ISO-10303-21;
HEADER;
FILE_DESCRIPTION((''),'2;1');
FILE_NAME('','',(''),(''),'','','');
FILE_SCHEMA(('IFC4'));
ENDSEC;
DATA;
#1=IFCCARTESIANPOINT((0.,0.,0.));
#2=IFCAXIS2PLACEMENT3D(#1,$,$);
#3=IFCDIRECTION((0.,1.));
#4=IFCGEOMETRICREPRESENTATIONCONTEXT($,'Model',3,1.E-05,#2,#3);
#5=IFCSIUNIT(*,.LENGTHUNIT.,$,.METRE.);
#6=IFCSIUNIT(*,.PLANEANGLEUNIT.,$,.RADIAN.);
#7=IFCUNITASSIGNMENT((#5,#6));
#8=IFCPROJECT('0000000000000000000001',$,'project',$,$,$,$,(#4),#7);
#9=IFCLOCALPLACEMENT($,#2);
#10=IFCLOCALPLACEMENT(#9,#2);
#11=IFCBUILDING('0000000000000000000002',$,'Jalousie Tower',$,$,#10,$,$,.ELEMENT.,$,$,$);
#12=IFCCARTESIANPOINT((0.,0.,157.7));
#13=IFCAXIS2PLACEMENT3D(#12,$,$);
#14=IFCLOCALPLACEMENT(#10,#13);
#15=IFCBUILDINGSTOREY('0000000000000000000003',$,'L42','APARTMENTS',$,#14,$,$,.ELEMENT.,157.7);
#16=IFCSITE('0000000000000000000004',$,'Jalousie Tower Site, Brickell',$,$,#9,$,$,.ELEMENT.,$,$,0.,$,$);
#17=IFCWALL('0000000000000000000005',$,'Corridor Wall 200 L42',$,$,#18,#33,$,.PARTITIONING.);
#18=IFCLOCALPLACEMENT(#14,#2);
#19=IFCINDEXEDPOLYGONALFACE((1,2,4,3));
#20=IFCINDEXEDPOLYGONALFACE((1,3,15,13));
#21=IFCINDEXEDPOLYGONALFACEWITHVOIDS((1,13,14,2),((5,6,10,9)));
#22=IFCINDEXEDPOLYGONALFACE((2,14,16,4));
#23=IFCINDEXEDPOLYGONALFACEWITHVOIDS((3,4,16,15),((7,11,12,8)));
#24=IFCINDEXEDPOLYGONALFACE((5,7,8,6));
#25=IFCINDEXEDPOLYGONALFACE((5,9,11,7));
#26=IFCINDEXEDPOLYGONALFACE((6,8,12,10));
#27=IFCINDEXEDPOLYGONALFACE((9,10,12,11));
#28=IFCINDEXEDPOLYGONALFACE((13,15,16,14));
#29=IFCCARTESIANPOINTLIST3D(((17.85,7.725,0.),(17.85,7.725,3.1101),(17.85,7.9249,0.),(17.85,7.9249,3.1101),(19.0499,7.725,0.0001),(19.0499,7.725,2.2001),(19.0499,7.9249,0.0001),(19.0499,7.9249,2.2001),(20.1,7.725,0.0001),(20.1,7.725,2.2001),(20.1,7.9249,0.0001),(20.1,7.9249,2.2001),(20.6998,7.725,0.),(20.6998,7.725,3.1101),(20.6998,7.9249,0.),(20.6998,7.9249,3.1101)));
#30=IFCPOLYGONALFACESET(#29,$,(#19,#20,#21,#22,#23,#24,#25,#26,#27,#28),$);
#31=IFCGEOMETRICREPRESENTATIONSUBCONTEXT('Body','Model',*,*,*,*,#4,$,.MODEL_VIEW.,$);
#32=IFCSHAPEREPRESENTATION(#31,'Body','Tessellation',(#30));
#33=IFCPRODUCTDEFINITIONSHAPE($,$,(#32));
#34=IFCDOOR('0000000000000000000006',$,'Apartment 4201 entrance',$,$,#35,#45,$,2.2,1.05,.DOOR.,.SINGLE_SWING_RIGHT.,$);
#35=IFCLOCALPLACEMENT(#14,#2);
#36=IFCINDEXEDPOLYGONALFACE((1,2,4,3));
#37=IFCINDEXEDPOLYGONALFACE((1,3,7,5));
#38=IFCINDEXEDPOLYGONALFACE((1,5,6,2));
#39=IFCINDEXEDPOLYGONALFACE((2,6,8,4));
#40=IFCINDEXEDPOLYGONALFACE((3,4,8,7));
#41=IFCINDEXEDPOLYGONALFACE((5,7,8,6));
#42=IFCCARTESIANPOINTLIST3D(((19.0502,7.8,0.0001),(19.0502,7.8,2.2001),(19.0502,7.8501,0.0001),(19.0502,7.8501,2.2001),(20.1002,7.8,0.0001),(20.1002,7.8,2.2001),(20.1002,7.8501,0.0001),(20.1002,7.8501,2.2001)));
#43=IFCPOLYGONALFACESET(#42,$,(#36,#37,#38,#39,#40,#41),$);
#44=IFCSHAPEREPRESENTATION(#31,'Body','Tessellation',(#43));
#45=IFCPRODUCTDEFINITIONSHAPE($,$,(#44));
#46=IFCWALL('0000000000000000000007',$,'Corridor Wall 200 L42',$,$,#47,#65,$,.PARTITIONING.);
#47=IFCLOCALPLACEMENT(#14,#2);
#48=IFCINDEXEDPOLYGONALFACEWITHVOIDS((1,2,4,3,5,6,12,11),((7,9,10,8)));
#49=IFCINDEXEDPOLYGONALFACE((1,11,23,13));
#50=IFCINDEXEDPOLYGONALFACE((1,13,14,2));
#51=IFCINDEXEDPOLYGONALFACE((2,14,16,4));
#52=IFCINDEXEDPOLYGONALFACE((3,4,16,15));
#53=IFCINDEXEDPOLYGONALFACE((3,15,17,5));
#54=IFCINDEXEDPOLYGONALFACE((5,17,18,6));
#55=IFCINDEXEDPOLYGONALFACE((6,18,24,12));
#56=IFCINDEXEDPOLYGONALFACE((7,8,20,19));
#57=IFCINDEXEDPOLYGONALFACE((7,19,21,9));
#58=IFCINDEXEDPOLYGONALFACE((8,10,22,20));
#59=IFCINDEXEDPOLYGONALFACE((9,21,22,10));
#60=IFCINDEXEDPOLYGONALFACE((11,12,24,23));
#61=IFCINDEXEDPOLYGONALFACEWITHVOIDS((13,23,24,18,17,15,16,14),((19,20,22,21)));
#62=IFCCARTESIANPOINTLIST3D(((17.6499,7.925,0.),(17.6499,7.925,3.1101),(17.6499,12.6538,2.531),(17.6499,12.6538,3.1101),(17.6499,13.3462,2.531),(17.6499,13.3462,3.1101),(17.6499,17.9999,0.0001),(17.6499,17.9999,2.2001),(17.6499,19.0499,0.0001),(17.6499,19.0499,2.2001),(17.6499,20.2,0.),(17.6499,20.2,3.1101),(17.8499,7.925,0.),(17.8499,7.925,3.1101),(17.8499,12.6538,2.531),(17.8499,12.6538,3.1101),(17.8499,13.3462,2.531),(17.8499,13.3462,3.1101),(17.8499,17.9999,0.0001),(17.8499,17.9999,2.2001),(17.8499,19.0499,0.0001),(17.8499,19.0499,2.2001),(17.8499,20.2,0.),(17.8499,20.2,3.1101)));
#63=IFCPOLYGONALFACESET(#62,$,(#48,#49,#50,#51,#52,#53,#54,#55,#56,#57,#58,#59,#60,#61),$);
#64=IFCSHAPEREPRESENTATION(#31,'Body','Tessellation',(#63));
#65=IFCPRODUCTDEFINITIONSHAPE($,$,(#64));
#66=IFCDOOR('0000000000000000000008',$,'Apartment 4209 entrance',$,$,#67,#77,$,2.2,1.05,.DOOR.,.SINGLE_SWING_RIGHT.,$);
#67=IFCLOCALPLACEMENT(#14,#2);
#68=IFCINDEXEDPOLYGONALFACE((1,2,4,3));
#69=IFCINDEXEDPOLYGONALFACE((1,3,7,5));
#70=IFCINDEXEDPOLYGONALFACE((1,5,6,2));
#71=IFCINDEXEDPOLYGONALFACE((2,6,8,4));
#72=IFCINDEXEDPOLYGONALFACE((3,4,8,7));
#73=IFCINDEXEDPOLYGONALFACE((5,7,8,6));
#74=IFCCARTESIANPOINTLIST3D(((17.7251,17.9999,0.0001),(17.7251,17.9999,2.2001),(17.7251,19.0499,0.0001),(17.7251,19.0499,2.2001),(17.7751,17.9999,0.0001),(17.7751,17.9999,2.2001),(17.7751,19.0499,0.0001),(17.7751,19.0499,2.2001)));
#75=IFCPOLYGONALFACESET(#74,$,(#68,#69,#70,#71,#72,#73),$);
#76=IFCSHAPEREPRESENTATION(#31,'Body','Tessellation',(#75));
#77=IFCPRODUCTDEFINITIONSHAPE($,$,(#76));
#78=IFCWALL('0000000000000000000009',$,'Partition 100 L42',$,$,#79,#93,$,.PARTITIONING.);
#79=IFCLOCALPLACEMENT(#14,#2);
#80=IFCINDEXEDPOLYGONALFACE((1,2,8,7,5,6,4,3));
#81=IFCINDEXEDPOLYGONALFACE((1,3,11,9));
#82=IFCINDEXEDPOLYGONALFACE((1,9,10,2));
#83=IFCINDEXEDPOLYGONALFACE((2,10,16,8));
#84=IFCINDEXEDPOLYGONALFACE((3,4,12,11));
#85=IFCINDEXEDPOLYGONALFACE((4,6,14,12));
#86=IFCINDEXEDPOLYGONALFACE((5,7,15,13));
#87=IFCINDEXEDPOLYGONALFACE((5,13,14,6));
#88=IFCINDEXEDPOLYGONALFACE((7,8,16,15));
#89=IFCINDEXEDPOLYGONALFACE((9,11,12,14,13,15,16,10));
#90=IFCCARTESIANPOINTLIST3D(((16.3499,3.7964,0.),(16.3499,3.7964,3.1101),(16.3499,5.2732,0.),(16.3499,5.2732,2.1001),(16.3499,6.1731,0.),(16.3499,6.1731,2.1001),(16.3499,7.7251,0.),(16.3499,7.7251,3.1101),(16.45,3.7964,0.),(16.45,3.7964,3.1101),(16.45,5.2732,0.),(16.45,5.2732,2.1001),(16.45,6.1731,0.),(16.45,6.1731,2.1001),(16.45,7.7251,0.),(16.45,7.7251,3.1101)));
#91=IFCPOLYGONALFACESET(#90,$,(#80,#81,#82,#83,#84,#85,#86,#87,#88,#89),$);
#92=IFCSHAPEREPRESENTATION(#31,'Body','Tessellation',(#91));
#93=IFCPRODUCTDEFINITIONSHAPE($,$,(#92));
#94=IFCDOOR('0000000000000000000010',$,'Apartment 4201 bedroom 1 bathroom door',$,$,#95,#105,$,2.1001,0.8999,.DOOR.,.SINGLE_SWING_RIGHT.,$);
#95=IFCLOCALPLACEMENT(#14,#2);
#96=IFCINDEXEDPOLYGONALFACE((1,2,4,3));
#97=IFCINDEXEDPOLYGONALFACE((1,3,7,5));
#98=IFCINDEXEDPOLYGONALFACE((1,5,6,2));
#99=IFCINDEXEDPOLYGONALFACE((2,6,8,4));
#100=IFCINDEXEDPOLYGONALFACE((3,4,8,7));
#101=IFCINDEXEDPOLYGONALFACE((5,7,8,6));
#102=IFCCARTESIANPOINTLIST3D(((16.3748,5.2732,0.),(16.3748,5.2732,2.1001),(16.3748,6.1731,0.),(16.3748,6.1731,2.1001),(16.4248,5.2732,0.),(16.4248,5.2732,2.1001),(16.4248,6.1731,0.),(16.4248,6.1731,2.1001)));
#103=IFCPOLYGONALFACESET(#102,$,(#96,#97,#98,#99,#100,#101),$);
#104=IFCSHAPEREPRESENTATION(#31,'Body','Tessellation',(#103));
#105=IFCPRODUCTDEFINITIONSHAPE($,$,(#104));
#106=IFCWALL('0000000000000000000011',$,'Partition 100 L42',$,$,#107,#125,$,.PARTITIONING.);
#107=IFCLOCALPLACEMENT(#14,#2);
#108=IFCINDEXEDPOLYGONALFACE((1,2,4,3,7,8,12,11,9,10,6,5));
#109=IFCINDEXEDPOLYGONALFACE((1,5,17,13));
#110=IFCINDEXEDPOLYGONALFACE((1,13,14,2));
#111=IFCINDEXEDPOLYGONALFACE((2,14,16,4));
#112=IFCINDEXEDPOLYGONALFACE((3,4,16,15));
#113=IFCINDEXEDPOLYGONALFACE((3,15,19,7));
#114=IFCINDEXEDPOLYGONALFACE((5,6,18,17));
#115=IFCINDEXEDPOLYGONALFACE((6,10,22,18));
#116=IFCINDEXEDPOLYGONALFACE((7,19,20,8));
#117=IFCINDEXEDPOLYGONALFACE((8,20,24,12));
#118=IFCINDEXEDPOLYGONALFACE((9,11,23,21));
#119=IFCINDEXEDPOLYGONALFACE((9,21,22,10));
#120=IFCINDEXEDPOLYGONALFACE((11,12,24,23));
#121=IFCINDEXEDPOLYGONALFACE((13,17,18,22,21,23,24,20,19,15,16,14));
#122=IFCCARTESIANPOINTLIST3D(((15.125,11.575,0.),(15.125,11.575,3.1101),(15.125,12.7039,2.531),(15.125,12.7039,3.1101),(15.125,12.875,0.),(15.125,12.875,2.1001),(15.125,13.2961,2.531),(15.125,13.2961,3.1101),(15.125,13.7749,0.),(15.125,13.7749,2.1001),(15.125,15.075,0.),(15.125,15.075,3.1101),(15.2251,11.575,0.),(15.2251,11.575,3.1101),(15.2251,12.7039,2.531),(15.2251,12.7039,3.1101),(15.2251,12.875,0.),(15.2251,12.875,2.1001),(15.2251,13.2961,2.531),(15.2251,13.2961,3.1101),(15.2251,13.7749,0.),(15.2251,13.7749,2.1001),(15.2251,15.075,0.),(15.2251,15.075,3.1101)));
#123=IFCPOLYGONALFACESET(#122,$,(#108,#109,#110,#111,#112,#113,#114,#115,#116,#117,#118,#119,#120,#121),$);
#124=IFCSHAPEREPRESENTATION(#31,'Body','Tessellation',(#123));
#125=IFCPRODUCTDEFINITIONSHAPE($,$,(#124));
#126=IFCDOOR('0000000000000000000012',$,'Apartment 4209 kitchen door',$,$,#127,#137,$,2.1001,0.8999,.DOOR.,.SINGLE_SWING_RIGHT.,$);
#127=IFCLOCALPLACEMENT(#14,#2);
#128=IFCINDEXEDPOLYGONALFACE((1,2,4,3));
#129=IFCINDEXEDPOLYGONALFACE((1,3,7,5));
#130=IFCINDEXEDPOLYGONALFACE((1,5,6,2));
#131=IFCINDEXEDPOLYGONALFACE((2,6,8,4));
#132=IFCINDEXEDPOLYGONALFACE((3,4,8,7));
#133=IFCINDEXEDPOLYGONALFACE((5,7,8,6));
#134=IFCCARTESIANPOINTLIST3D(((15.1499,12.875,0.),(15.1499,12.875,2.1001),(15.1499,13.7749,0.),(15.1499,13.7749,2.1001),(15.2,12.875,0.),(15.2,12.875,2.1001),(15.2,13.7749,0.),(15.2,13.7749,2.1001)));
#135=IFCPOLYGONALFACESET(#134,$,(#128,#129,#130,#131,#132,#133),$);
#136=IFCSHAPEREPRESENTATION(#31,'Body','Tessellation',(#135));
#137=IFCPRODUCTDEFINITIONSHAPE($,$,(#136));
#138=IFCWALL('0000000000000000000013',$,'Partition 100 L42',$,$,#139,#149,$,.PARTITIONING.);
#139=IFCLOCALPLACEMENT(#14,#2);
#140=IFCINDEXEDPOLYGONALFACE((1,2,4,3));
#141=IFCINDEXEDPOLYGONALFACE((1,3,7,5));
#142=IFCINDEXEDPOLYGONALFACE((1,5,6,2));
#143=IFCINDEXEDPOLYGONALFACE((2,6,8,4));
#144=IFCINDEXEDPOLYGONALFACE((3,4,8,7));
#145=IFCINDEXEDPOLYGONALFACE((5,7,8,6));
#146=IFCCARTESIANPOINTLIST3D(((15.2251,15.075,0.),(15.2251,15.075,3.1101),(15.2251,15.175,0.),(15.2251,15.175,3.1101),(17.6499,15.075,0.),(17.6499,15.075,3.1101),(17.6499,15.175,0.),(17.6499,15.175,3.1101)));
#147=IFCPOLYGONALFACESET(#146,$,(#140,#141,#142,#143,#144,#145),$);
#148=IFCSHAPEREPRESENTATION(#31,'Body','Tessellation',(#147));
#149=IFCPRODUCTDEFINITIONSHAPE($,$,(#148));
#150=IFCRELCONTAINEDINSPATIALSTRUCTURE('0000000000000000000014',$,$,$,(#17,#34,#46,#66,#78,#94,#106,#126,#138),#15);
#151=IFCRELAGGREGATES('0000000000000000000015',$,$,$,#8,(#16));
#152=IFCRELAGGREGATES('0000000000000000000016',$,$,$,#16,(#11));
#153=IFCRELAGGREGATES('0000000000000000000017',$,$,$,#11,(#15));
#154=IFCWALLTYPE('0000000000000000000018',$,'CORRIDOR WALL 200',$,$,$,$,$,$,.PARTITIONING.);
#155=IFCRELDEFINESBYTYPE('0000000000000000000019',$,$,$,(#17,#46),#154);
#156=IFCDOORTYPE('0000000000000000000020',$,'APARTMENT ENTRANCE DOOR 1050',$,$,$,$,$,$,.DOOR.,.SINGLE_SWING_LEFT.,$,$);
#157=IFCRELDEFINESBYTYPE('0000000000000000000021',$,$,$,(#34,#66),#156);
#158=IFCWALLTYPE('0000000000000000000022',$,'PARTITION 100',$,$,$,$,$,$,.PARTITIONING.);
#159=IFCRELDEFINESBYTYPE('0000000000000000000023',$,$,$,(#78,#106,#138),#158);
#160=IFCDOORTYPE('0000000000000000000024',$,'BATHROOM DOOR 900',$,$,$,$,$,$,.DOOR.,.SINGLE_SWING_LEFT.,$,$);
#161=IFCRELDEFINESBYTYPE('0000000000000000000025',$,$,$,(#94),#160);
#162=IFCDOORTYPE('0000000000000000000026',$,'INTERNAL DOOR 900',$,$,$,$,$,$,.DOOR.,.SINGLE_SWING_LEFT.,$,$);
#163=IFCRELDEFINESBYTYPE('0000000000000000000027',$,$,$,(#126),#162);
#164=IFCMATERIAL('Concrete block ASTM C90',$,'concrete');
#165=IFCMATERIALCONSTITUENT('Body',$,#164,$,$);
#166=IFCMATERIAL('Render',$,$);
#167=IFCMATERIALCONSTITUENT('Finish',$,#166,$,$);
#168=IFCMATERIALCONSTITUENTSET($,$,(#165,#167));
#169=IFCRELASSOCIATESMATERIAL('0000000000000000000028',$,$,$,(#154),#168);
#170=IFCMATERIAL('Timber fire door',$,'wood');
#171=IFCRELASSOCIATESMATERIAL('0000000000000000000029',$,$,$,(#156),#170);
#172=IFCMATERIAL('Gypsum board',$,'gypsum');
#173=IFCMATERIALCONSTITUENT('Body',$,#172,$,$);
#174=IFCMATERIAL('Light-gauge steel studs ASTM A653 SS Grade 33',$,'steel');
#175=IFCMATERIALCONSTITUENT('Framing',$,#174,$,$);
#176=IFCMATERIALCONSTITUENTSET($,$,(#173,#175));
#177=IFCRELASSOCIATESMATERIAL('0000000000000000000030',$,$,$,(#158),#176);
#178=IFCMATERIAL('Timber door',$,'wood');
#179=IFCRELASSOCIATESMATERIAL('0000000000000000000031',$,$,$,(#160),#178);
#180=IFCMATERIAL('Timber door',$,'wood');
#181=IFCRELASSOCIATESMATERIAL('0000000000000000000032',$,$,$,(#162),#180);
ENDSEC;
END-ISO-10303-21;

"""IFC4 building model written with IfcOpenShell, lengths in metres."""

from ifc_helpers import new_model, si_unit, direction, frame, frame_2d, origin, place, context, subcontext, project, spatial, polyline, rectangle, outline, extrude, material, constituent, constituent_set, type_object, element, fill, save


model = new_model("IFC4")

# Units and contexts
model_context = context("Model", 3, precision=1e-05, world=origin(), true_north=direction((0.0, 1.0)))
body_context = subcontext(model_context, "Body", "Model", "MODEL_VIEW")
ifc_project = project(units=[si_unit("LENGTHUNIT", "METRE"), si_unit("PLANEANGLEUNIT", "RADIAN")], contexts=[model_context])

# Site, building, storey
site_placement = place(None, origin())
site = spatial("IfcSite", under=ifc_project, at=site_placement, Name="Jalousie Tower Site, Brickell", CompositionType="ELEMENT", RefElevation=0.0)
building_placement = place(site_placement, origin())
building = spatial("IfcBuilding", under=site, at=building_placement, Name="Jalousie Tower", CompositionType="ELEMENT")
storey_placement = place(building_placement, frame((0.0, 0.0, 157.7)))
storey = spatial("IfcBuildingStorey", under=building, at=storey_placement, Name="L42", Description="APARTMENTS", CompositionType="ELEMENT", Elevation=157.7)

# Walls, openings, doors
ifc_material_1 = material(Name="Concrete block ASTM C90", Category="concrete")
ifc_constituent_1 = constituent(ifc_material_1, Name="Body")
ifc_material_2 = material(Name="Render")
ifc_constituent_2 = constituent(ifc_material_2, Name="Finish")
ifc_constituent_set_1 = constituent_set(constituents=[ifc_constituent_1, ifc_constituent_2])
wall_type_1 = type_object("IfcWallType", Name="CORRIDOR WALL 200", PredefinedType="PARTITIONING", material=ifc_constituent_set_1)
wall_1_placement = place(storey_placement, frame((17.8501, 7.825, 0.0), z_axis=(0.0, 0.0, 1.0), x_axis=(1.0, 0.0, 0.0)))
wall_1 = element("IfcWall", 1, at=wall_1_placement, inside=storey, type_object=wall_type_1, Name="Corridor Wall 200 L42", PredefinedType="PARTITIONING", context=body_context, shape_type="SweptSolid", body=[
    extrude(rectangle(XDim=2.8499, YDim=0.2, at=frame_2d((1.4248, 0.0))), origin(), (0.0, 0.0, 1.0), 3.1101),
])
opening_1_placement = place(wall_1_placement, frame((1.2, 0.0, 0.0)))
opening_1 = element("IfcOpeningElement", 2, at=opening_1_placement, cuts=wall_1, PredefinedType="OPENING", context=body_context, shape_type="SweptSolid", body=[
    extrude(rectangle(XDim=1.05, YDim=2.2, at=frame_2d((0.5249, 1.1001))), frame((0.0, 0.1099, 0.0), z_axis=(0.0, -1.0, 0.0), x_axis=(1.0, 0.0, 0.0)), (0.0, 0.0, 1.0), 0.22),
])
ifc_material_3 = material(Name="Timber fire door", Category="wood")
door_type_1 = type_object("IfcDoorType", Name="APARTMENT ENTRANCE DOOR 1050", OperationType="SINGLE_SWING_LEFT", PredefinedType="DOOR", material=ifc_material_3)
door_1_placement = place(opening_1_placement, frame((1.05, 0.0, 0.0), z_axis=(0.0, 0.0, 1.0), x_axis=(-1.0, 0.0, 0.0)))
door_1 = element("IfcDoor", 3, at=door_1_placement, inside=storey, type_object=door_type_1, Name="Apartment 4201 entrance", OperationType="SINGLE_SWING_RIGHT", OverallHeight=2.2, OverallWidth=1.05, PredefinedType="DOOR", context=body_context, shape_type="SweptSolid", body=[
    extrude(rectangle(XDim=1.05, YDim=2.2, at=frame_2d((0.5249, 1.1001))), frame((0.0, 0.0249, 0.0), z_axis=(0.0, -1.0, 0.0), x_axis=(1.0, 0.0, 0.0)), (0.0, 0.0, 1.0), 0.05),
])
fill(opening_1, door_1)
wall_2_placement = place(storey_placement, frame((17.75, 7.925, 0.0), z_axis=(0.0, 0.0, 1.0), x_axis=(0.0, 1.0, 0.0)))
wall_2 = element("IfcWall", 4, at=wall_2_placement, inside=storey, type_object=wall_type_1, Name="Corridor Wall 200 L42", PredefinedType="PARTITIONING", context=body_context, shape_type="SweptSolid", body=[
    extrude(outline(polyline([(0.0, 0.0), (12.2749, 0.0), (12.2749, 3.1101), (5.4211, 3.1101), (5.4211, 2.531), (4.7288, 2.531), (4.7288, 3.1101), (0.0, 3.1101), (0.0, 0.0)])), frame((0.0, 0.1001, 0.0), z_axis=(0.0, -1.0, 0.0), x_axis=(1.0, 0.0, 0.0)), (0.0, 0.0, 1.0), 0.2),
])
opening_2_placement = place(wall_2_placement, frame((10.075, 0.0, 0.0)))
opening_2 = element("IfcOpeningElement", 5, at=opening_2_placement, cuts=wall_2, PredefinedType="OPENING", context=body_context, shape_type="SweptSolid", body=[
    extrude(rectangle(XDim=1.05, YDim=2.2, at=frame_2d((0.5249, 1.1001))), frame((0.0, 0.1099, 0.0), z_axis=(0.0, -1.0, 0.0), x_axis=(1.0, 0.0, 0.0)), (0.0, 0.0, 1.0), 0.22),
])
door_2_placement = place(opening_2_placement, origin())
door_2 = element("IfcDoor", 6, at=door_2_placement, inside=storey, type_object=door_type_1, Name="Apartment 4209 entrance", OperationType="SINGLE_SWING_RIGHT", OverallHeight=2.2, OverallWidth=1.05, PredefinedType="DOOR", context=body_context, shape_type="SweptSolid", body=[
    extrude(rectangle(XDim=1.05, YDim=2.2, at=frame_2d((0.5249, 1.1001))), frame((0.0, 0.0249, 0.0), z_axis=(0.0, -1.0, 0.0), x_axis=(1.0, 0.0, 0.0)), (0.0, 0.0, 1.0), 0.05),
])
fill(opening_2, door_2)
ifc_material_4 = material(Name="Gypsum board", Category="gypsum")
ifc_constituent_3 = constituent(ifc_material_4, Name="Body")
ifc_material_5 = material(Name="Light-gauge steel studs ASTM A653 SS Grade 33", Category="steel")
ifc_constituent_4 = constituent(ifc_material_5, Name="Framing")
ifc_constituent_set_2 = constituent_set(constituents=[ifc_constituent_3, ifc_constituent_4])
wall_type_2 = type_object("IfcWallType", Name="PARTITION 100", PredefinedType="PARTITIONING", material=ifc_constituent_set_2)
wall_3_placement = place(storey_placement, frame((16.3999, 3.7964, 0.0), z_axis=(0.0, 0.0, 1.0), x_axis=(0.0, 1.0, 0.0)))
wall_3 = element("IfcWall", 7, at=wall_3_placement, inside=storey, type_object=wall_type_2, Name="Partition 100 L42", PredefinedType="PARTITIONING", context=body_context, shape_type="SweptSolid", body=[
    extrude(rectangle(XDim=3.9287, YDim=0.1001, at=frame_2d((1.9644, 0.0))), origin(), (0.0, 0.0, 1.0), 3.1101),
])
opening_3_placement = place(wall_3_placement, frame((1.4768, 0.0, 0.0)))
opening_3 = element("IfcOpeningElement", 8, at=opening_3_placement, cuts=wall_3, PredefinedType="OPENING", context=body_context, shape_type="SweptSolid", body=[
    extrude(rectangle(XDim=0.8999, YDim=2.1001, at=frame_2d((0.45, 1.05))), frame((0.0, 0.0601, 0.0), z_axis=(0.0, -1.0, 0.0), x_axis=(1.0, 0.0, 0.0)), (0.0, 0.0, 1.0), 0.1201),
])
ifc_material_6 = material(Name="Timber door", Category="wood")
door_type_2 = type_object("IfcDoorType", Name="BATHROOM DOOR 900", OperationType="SINGLE_SWING_LEFT", PredefinedType="DOOR", material=ifc_material_6)
door_3_placement = place(opening_3_placement, frame((0.8999, 0.0, 0.0), z_axis=(0.0, 0.0, 1.0), x_axis=(-1.0, 0.0, 0.0)))
door_3 = element("IfcDoor", 9, at=door_3_placement, inside=storey, type_object=door_type_2, Name="Apartment 4201 bedroom 1 bathroom door", OperationType="SINGLE_SWING_RIGHT", OverallHeight=2.1001, OverallWidth=0.8999, PredefinedType="DOOR", context=body_context, shape_type="SweptSolid", body=[
    extrude(rectangle(XDim=0.8999, YDim=2.1001, at=frame_2d((0.45, 1.05))), frame((0.0, 0.0249, 0.0), z_axis=(0.0, -1.0, 0.0), x_axis=(1.0, 0.0, 0.0)), (0.0, 0.0, 1.0), 0.05),
])
fill(opening_3, door_3)
wall_4_placement = place(storey_placement, frame((15.175, 11.575, 0.0), z_axis=(0.0, 0.0, 1.0), x_axis=(0.0, 1.0, 0.0)))
wall_4 = element("IfcWall", 10, at=wall_4_placement, inside=storey, type_object=wall_type_2, Name="Partition 100 L42", PredefinedType="PARTITIONING", context=body_context, shape_type="SweptSolid", body=[
    extrude(outline(polyline([(0.0, 0.0), (3.5, 0.0), (3.5, 3.1101), (1.7212, 3.1101), (1.7212, 2.531), (1.1289, 2.531), (1.1289, 3.1101), (0.0, 3.1101), (0.0, 0.0)])), frame((0.0, 0.05, 0.0), z_axis=(0.0, -1.0, 0.0), x_axis=(1.0, 0.0, 0.0)), (0.0, 0.0, 1.0), 0.1001),
])
opening_4_placement = place(wall_4_placement, frame((1.3, 0.0, 0.0)))
opening_4 = element("IfcOpeningElement", 11, at=opening_4_placement, cuts=wall_4, PredefinedType="OPENING", context=body_context, shape_type="SweptSolid", body=[
    extrude(rectangle(XDim=0.8999, YDim=2.1001, at=frame_2d((0.45, 1.05))), frame((0.0, 0.0601, 0.0), z_axis=(0.0, -1.0, 0.0), x_axis=(1.0, 0.0, 0.0)), (0.0, 0.0, 1.0), 0.1201),
])
ifc_material_7 = material(Name="Timber door", Category="wood")
door_type_3 = type_object("IfcDoorType", Name="INTERNAL DOOR 900", OperationType="SINGLE_SWING_LEFT", PredefinedType="DOOR", material=ifc_material_7)
door_4_placement = place(opening_4_placement, frame((0.8999, 0.0, 0.0), z_axis=(0.0, 0.0, 1.0), x_axis=(-1.0, 0.0, 0.0)))
door_4 = element("IfcDoor", 12, at=door_4_placement, inside=storey, type_object=door_type_3, Name="Apartment 4209 kitchen door", OperationType="SINGLE_SWING_RIGHT", OverallHeight=2.1001, OverallWidth=0.8999, PredefinedType="DOOR", context=body_context, shape_type="SweptSolid", body=[
    extrude(rectangle(XDim=0.8999, YDim=2.1001, at=frame_2d((0.45, 1.05))), frame((0.0, 0.0249, 0.0), z_axis=(0.0, -1.0, 0.0), x_axis=(1.0, 0.0, 0.0)), (0.0, 0.0, 1.0), 0.05),
])
fill(opening_4, door_4)

# Wall
wall_5_placement = place(storey_placement, frame((15.2251, 15.125, 0.0), z_axis=(0.0, 0.0, 1.0), x_axis=(1.0, 0.0, 0.0)))
element("IfcWall", 13, at=wall_5_placement, inside=storey, type_object=wall_type_2, Name="Partition 100 L42", PredefinedType="PARTITIONING", context=body_context, shape_type="SweptSolid", body=[
    extrude(rectangle(XDim=2.4248, YDim=0.1001, at=frame_2d((1.2124, 0.0))), origin(), (0.0, 0.0, 1.0), 3.1101),
])

save(model, "model.ifc")
